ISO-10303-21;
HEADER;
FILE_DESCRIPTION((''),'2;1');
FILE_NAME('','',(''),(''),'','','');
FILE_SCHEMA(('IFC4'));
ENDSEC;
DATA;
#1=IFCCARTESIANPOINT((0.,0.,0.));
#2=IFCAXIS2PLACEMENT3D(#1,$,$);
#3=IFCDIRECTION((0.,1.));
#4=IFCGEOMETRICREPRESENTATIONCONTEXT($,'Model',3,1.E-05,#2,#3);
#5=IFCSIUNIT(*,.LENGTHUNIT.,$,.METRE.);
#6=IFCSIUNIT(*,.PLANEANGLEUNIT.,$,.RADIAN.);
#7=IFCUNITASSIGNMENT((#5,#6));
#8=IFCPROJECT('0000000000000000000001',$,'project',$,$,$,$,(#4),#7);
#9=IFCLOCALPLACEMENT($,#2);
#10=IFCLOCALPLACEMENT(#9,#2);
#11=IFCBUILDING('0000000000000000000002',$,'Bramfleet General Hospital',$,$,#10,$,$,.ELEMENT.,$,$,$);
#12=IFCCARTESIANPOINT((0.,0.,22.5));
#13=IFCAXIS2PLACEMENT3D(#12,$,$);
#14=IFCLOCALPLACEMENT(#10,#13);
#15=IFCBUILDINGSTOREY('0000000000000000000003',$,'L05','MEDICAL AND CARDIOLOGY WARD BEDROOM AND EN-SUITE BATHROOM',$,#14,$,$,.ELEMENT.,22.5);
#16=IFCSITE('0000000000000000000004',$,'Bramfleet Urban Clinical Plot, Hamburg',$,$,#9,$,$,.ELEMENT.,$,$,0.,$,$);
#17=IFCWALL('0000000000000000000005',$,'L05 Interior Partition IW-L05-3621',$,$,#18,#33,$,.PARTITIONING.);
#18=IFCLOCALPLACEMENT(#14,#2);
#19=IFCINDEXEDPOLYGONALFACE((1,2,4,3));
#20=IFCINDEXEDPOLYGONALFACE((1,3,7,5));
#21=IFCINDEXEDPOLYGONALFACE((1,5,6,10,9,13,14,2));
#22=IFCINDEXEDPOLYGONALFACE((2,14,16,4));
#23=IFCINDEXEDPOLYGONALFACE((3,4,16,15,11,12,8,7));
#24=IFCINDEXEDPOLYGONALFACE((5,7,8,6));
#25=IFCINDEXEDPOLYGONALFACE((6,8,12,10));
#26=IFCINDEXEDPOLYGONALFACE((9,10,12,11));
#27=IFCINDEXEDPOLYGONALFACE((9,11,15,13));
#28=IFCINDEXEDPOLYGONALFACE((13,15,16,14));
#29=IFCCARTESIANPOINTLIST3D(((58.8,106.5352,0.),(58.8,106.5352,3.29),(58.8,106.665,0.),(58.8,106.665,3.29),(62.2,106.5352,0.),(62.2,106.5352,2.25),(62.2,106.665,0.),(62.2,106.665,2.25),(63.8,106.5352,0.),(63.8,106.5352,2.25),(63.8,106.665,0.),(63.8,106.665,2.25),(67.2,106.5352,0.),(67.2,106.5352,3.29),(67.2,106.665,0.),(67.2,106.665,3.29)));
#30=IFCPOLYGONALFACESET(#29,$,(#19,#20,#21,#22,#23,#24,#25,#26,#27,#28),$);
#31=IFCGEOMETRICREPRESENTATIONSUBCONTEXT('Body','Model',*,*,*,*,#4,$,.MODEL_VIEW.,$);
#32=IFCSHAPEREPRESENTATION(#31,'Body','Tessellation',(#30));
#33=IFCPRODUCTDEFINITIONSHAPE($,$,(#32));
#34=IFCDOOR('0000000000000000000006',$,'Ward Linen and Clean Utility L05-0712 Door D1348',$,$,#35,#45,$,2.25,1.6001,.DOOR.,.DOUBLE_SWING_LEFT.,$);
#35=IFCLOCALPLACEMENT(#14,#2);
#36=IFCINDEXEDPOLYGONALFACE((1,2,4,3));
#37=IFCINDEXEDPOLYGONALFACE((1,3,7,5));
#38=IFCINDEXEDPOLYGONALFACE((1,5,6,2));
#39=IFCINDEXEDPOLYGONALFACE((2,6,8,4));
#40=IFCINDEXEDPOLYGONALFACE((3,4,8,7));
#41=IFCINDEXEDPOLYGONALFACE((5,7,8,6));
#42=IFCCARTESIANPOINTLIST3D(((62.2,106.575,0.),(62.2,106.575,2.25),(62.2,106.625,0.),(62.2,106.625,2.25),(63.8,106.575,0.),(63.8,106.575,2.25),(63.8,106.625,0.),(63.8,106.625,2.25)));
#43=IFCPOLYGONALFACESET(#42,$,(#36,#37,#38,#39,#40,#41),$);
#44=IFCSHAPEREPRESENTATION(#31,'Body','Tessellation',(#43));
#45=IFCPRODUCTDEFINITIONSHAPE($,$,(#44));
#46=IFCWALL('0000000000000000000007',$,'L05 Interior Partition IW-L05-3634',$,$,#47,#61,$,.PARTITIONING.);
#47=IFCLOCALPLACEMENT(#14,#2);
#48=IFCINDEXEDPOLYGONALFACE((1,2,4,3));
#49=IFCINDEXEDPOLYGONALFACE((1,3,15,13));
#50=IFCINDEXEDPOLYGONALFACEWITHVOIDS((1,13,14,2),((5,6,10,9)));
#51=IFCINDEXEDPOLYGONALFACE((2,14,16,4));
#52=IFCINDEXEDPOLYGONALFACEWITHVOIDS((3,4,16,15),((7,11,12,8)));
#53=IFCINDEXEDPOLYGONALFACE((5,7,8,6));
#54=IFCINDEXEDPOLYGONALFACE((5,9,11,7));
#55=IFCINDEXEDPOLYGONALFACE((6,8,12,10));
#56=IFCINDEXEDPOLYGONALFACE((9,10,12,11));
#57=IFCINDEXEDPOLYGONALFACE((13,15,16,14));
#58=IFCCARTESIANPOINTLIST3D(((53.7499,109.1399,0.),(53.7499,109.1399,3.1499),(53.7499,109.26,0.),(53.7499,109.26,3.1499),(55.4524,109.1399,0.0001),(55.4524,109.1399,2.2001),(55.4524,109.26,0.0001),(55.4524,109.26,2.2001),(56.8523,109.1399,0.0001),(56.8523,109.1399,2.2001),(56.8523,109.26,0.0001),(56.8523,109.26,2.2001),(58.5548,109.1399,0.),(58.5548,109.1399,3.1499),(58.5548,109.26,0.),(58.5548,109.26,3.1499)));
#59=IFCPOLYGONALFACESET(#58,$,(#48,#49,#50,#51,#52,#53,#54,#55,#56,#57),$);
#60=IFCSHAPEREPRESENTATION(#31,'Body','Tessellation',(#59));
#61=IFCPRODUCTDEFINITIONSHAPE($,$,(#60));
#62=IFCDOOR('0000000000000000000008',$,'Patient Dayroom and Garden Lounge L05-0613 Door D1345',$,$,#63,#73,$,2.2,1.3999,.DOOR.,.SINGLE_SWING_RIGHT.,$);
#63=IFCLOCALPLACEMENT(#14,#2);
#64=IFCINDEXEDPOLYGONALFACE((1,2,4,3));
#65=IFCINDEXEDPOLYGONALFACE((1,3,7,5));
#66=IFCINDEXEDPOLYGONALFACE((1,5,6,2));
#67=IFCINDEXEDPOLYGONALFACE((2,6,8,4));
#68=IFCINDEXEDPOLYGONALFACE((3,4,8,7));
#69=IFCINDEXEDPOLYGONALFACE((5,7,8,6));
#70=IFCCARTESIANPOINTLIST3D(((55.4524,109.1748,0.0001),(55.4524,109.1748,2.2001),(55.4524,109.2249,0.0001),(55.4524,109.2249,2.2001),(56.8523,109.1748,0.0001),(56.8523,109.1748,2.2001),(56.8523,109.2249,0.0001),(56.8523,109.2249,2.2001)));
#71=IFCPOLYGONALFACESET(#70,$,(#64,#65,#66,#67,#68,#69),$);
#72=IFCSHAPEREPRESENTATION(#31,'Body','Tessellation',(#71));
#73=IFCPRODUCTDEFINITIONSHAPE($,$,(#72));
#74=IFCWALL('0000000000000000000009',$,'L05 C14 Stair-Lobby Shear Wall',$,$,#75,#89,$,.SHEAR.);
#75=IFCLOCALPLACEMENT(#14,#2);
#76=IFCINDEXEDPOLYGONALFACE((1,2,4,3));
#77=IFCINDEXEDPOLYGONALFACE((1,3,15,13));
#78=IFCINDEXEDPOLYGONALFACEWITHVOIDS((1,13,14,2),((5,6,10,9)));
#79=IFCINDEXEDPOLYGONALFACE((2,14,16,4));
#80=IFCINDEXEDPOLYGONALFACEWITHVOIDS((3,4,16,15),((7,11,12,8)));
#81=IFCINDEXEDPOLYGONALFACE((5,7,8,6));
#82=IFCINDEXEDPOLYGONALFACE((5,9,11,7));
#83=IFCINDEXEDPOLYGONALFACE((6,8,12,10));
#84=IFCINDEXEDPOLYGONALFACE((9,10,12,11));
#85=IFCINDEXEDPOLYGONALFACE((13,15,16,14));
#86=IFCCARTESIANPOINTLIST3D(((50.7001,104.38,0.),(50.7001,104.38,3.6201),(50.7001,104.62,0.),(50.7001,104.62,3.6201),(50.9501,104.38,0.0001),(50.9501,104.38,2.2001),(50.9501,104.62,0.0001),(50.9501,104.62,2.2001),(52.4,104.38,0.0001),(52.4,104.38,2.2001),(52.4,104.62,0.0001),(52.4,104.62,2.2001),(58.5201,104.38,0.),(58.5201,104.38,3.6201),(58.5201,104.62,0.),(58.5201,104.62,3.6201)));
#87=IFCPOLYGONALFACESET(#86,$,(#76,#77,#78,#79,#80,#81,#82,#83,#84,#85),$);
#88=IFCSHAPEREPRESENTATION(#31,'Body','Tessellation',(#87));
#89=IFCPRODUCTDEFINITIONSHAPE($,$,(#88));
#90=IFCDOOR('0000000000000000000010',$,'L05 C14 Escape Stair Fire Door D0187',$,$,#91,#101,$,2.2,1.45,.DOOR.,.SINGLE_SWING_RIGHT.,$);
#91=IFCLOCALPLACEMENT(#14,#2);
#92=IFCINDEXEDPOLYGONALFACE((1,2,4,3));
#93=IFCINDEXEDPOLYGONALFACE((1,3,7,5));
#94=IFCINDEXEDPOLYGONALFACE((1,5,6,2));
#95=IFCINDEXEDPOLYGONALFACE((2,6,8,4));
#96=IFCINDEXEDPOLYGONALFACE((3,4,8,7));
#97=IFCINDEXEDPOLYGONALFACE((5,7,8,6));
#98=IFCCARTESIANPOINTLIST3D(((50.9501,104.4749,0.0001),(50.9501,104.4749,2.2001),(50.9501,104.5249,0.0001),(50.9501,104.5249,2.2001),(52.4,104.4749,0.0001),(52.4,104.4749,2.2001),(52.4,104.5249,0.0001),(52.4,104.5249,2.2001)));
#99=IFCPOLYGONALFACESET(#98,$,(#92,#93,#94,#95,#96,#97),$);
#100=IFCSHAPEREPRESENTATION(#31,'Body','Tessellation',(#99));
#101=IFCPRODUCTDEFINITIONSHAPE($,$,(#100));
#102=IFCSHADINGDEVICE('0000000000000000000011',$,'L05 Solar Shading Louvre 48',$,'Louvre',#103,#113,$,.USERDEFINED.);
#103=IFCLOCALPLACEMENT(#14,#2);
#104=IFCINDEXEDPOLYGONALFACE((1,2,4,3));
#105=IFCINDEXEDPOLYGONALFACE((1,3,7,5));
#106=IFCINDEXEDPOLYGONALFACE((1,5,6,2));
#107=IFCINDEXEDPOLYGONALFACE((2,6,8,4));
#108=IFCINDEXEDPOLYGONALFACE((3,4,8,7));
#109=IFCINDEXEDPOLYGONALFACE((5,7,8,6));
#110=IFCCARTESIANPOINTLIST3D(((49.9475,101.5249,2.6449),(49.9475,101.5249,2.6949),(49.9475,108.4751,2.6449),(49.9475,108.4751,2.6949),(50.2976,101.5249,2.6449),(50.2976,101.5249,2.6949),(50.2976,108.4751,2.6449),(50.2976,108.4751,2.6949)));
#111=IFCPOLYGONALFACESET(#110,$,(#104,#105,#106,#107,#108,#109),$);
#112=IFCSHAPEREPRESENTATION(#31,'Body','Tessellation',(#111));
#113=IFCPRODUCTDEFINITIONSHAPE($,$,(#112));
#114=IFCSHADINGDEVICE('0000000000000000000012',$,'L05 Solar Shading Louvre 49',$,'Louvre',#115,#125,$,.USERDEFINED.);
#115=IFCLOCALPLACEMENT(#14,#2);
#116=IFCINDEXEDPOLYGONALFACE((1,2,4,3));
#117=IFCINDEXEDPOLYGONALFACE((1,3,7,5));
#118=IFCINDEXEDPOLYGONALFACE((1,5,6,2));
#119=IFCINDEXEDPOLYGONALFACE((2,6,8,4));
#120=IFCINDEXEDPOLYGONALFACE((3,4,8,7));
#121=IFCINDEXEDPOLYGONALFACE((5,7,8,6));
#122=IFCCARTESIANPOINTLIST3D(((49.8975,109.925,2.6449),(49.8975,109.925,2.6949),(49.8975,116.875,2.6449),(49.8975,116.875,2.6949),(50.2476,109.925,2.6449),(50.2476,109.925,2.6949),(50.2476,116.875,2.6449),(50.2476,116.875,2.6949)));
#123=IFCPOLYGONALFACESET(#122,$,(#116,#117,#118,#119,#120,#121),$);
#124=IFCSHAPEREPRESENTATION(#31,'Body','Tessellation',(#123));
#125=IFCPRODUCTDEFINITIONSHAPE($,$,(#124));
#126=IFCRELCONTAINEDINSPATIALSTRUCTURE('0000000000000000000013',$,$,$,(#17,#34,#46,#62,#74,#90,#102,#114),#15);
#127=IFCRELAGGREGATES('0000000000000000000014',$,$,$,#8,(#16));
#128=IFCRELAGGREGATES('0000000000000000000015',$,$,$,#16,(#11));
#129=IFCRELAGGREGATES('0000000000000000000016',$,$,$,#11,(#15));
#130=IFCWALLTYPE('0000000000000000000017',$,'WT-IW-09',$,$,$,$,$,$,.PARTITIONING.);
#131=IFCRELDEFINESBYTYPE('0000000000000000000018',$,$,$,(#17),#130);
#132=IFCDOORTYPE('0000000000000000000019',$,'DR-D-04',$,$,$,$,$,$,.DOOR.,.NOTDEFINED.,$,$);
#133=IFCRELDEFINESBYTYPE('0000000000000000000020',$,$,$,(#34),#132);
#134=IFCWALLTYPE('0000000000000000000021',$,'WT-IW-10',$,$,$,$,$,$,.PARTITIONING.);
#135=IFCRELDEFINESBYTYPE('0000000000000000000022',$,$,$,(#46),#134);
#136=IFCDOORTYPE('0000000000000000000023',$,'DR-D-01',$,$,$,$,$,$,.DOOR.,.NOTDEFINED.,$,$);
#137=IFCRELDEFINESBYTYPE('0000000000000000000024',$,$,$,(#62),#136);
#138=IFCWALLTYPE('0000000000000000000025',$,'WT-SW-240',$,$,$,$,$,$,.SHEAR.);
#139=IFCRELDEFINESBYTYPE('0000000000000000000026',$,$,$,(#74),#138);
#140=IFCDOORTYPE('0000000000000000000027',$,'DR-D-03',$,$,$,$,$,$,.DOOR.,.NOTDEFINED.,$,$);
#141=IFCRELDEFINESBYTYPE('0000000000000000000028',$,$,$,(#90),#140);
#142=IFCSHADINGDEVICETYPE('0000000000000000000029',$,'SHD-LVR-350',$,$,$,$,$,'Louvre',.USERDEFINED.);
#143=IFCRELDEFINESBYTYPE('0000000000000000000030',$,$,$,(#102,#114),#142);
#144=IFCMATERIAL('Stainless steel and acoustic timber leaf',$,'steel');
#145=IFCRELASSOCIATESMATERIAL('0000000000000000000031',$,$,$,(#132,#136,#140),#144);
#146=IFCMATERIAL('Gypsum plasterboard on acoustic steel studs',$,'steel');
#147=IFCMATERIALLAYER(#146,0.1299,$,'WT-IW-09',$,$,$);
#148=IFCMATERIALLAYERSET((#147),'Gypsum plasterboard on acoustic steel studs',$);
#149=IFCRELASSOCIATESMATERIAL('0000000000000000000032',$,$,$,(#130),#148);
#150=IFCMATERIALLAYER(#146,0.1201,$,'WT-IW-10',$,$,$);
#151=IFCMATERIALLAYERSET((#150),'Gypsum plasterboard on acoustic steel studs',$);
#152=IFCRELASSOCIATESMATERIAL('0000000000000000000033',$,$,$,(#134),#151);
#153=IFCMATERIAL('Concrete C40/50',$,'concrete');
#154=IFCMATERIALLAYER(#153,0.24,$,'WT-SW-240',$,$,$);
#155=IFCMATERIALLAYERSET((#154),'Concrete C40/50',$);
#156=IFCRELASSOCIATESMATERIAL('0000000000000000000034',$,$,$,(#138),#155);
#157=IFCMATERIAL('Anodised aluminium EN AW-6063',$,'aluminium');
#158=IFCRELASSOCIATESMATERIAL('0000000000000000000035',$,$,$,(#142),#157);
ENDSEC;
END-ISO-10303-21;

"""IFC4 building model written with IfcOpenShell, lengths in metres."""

from ifc_helpers import new_model, si_unit, direction, frame, frame_2d, origin, origin_2d, place, context, subcontext, project, spatial, rectangle, extrude, material, layer, layer_set, material_profile, profile_set, type_object, element, fill, save


model = new_model("IFC4")

# Units and contexts
model_context = context("Model", 3, precision=1e-05, world=origin(), true_north=direction((0.0, 1.0)))
body_context = subcontext(model_context, "Body", "Model", "MODEL_VIEW")
ifc_project = project(units=[si_unit("LENGTHUNIT", "METRE"), si_unit("PLANEANGLEUNIT", "RADIAN")], contexts=[model_context])

# Site, building, storey
site_placement = place(None, origin())
site = spatial("IfcSite", under=ifc_project, at=site_placement, Name="Bramfleet Urban Clinical Plot, Hamburg", CompositionType="ELEMENT", RefElevation=0.0)
building_placement = place(site_placement, origin())
building = spatial("IfcBuilding", under=site, at=building_placement, Name="Bramfleet General Hospital", CompositionType="ELEMENT")
storey_placement = place(building_placement, frame((0.0, 0.0, 22.5)))
storey = spatial("IfcBuildingStorey", under=building, at=storey_placement, Name="L05", Description="MEDICAL AND CARDIOLOGY WARD BEDROOM AND EN-SUITE BATHROOM", CompositionType="ELEMENT", Elevation=22.5)

# Shared definitions
ifc_material_1 = material(Name="Concrete C40/50", Category="concrete")

# Shared definitions
ifc_material_2 = material(Name="Stainless steel and acoustic timber leaf", Category="steel")
door_type_1 = type_object("IfcDoorType", Name="DR-D-04", OperationType="NOTDEFINED", PredefinedType="DOOR", material=ifc_material_2)

# Walls, openings, doors
ifc_material_3 = material(Name="Gypsum plasterboard on acoustic steel studs", Category="steel")
ifc_layer_1 = layer(ifc_material_3, 0.1299, Name="WT-IW-09")
ifc_layer_set_1 = layer_set([ifc_layer_1], Name="Gypsum plasterboard on acoustic steel studs")
wall_type_1 = type_object("IfcWallType", Name="WT-IW-09", PredefinedType="PARTITIONING", material=ifc_layer_set_1)
wall_1_placement = place(storey_placement, frame((58.8, 106.6001, 0.0), z_axis=(0.0, 0.0, 1.0), x_axis=(1.0, 0.0, 0.0)))
wall_1 = element("IfcWall", 1, at=wall_1_placement, inside=storey, type_object=wall_type_1, Name="L05 Interior Partition IW-L05-3621", PredefinedType="PARTITIONING", context=body_context, shape_type="SweptSolid", body=[
    extrude(rectangle(XDim=8.3999, YDim=0.1299, at=frame_2d((4.2, 0.0))), origin(), (0.0, 0.0, 1.0), 3.29),
])
opening_1_placement = place(wall_1_placement, frame((3.3999, 0.0, 0.0)))
opening_1 = element("IfcOpeningElement", 2, at=opening_1_placement, cuts=wall_1, PredefinedType="OPENING", context=body_context, shape_type="SweptSolid", body=[
    extrude(rectangle(XDim=1.6001, YDim=2.25, at=frame_2d((0.8, 1.125))), frame((0.0, 0.075, 0.0), z_axis=(0.0, -1.0, 0.0), x_axis=(1.0, 0.0, 0.0)), (0.0, 0.0, 1.0), 0.1499),
])
door_1_placement = place(opening_1_placement, origin())
door_1 = element("IfcDoor", 3, at=door_1_placement, inside=storey, type_object=door_type_1, Name="Ward Linen and Clean Utility L05-0712 Door D1348", OperationType="DOUBLE_SWING_LEFT", OverallHeight=2.25, OverallWidth=1.6001, PredefinedType="DOOR", context=body_context, shape_type="SweptSolid", body=[
    extrude(rectangle(XDim=1.6001, YDim=2.25, at=frame_2d((0.8, 1.125))), frame((0.0, 0.0249, 0.0), z_axis=(0.0, -1.0, 0.0), x_axis=(1.0, 0.0, 0.0)), (0.0, 0.0, 1.0), 0.05),
])
fill(opening_1, door_1)
ifc_layer_2 = layer(ifc_material_3, 0.1201, Name="WT-IW-10")
ifc_layer_set_2 = layer_set([ifc_layer_2], Name="Gypsum plasterboard on acoustic steel studs")
wall_type_2 = type_object("IfcWallType", Name="WT-IW-10", PredefinedType="PARTITIONING", material=ifc_layer_set_2)
wall_2_placement = place(storey_placement, frame((53.75, 109.2, 0.0), z_axis=(0.0, 0.0, 1.0), x_axis=(1.0, 0.0, 0.0)))
wall_2 = element("IfcWall", 4, at=wall_2_placement, inside=storey, type_object=wall_type_2, Name="L05 Interior Partition IW-L05-3634", PredefinedType="PARTITIONING", context=body_context, shape_type="SweptSolid", body=[
    extrude(rectangle(XDim=4.8049, YDim=0.1201, at=frame_2d((2.4023, 0.0))), origin(), (0.0, 0.0, 1.0), 3.1499),
])
opening_2_placement = place(wall_2_placement, frame((1.7024, 0.0, 0.0)))
opening_2 = element("IfcOpeningElement", 5, at=opening_2_placement, cuts=wall_2, PredefinedType="OPENING", context=body_context, shape_type="SweptSolid", body=[
    extrude(rectangle(XDim=1.3999, YDim=2.2, at=frame_2d((0.7, 1.1001))), frame((0.0, 0.0701, 0.0), z_axis=(0.0, -1.0, 0.0), x_axis=(1.0, 0.0, 0.0)), (0.0, 0.0, 1.0), 0.1401),
])
door_type_2 = type_object("IfcDoorType", Name="DR-D-01", OperationType="NOTDEFINED", PredefinedType="DOOR", material=ifc_material_2)
door_2_placement = place(opening_2_placement, origin())
door_2 = element("IfcDoor", 6, at=door_2_placement, inside=storey, type_object=door_type_2, Name="Patient Dayroom and Garden Lounge L05-0613 Door D1345", OperationType="SINGLE_SWING_RIGHT", OverallHeight=2.2, OverallWidth=1.3999, PredefinedType="DOOR", context=body_context, shape_type="SweptSolid", body=[
    extrude(rectangle(XDim=1.3999, YDim=2.2, at=frame_2d((0.7, 1.1001))), frame((0.0, 0.0249, 0.0), z_axis=(0.0, -1.0, 0.0), x_axis=(1.0, 0.0, 0.0)), (0.0, 0.0, 1.0), 0.05),
])
fill(opening_2, door_2)
ifc_layer_3 = layer(ifc_material_1, 0.24, Name="WT-SW-240")
ifc_layer_set_3 = layer_set([ifc_layer_3], Name="Concrete C40/50")
wall_type_3 = type_object("IfcWallType", Name="WT-SW-240", PredefinedType="SHEAR", material=ifc_layer_set_3)
wall_3_placement = place(storey_placement, frame((50.7, 104.5, 0.0), z_axis=(0.0, 0.0, 1.0), x_axis=(1.0, 0.0, 0.0)))
wall_3 = element("IfcWall", 7, at=wall_3_placement, inside=storey, type_object=wall_type_3, Name="L05 C14 Stair-Lobby Shear Wall", PredefinedType="SHEAR", context=body_context, shape_type="SweptSolid", body=[
    extrude(rectangle(XDim=7.8201, YDim=0.24, at=frame_2d((3.9102, 0.0))), origin(), (0.0, 0.0, 1.0), 3.6201),
])
opening_3_placement = place(wall_3_placement, frame((0.25, 0.0, 0.0)))
opening_3 = element("IfcOpeningElement", 8, at=opening_3_placement, cuts=wall_3, PredefinedType="OPENING", context=body_context, shape_type="SweptSolid", body=[
    extrude(rectangle(XDim=1.45, YDim=2.2, at=frame_2d((0.7251, 1.1001))), frame((0.0, 0.1299, 0.0), z_axis=(0.0, -1.0, 0.0), x_axis=(1.0, 0.0, 0.0)), (0.0, 0.0, 1.0), 0.26),
])
door_type_3 = type_object("IfcDoorType", Name="DR-D-03", OperationType="NOTDEFINED", PredefinedType="DOOR", material=ifc_material_2)
door_3_placement = place(opening_3_placement, origin())
door_3 = element("IfcDoor", 9, at=door_3_placement, inside=storey, type_object=door_type_3, Name="L05 C14 Escape Stair Fire Door D0187", OperationType="SINGLE_SWING_RIGHT", OverallHeight=2.2, OverallWidth=1.45, PredefinedType="DOOR", context=body_context, shape_type="SweptSolid", body=[
    extrude(rectangle(XDim=1.45, YDim=2.2, at=frame_2d((0.7251, 1.1001))), frame((0.0, 0.0249, 0.0), z_axis=(0.0, -1.0, 0.0), x_axis=(1.0, 0.0, 0.0)), (0.0, 0.0, 1.0), 0.05),
])
fill(opening_3, door_3)

# Shading devices
ifc_material_4 = material(Name="Anodised aluminium EN AW-6063", Category="aluminium")
ifc_material_profile_1 = material_profile(ifc_material_4, rectangle(XDim=0.05, YDim=0.3501, at=origin_2d()), Name="ALU LOUVRE 350x50")
ifc_profile_set_1 = profile_set([ifc_material_profile_1], Name="Anodised aluminium EN AW-6063")
shading_device_type = type_object("IfcShadingDeviceType", Name="SHD-LVR-350", ElementType="Louvre", PredefinedType="USERDEFINED", material=ifc_profile_set_1)
shading_device_1_placement = place(storey_placement, frame((50.1226, 101.5249, 2.6699), z_axis=(0.0, 1.0, 0.0), x_axis=(0.0, 0.0, 1.0)))
element("IfcShadingDevice", 10, at=shading_device_1_placement, inside=storey, type_object=shading_device_type, Name="L05 Solar Shading Louvre 48", ObjectType="Louvre", PredefinedType="USERDEFINED", context=body_context, shape_type="SweptSolid", body=[
    extrude(rectangle(XDim=0.05, YDim=0.3501, at=origin_2d()), origin(), (0.0, 0.0, 1.0), 6.9502),
])
shading_device_2_placement = place(storey_placement, frame((50.0725, 109.925, 2.6699), z_axis=(0.0, 1.0, 0.0), x_axis=(0.0, 0.0, 1.0)))
element("IfcShadingDevice", 11, at=shading_device_2_placement, inside=storey, type_object=shading_device_type, Name="L05 Solar Shading Louvre 49", ObjectType="Louvre", PredefinedType="USERDEFINED", context=body_context, shape_type="SweptSolid", body=[
    extrude(rectangle(XDim=0.05, YDim=0.3501, at=origin_2d()), origin(), (0.0, 0.0, 1.0), 6.95),
])

save(model, "model.ifc")
